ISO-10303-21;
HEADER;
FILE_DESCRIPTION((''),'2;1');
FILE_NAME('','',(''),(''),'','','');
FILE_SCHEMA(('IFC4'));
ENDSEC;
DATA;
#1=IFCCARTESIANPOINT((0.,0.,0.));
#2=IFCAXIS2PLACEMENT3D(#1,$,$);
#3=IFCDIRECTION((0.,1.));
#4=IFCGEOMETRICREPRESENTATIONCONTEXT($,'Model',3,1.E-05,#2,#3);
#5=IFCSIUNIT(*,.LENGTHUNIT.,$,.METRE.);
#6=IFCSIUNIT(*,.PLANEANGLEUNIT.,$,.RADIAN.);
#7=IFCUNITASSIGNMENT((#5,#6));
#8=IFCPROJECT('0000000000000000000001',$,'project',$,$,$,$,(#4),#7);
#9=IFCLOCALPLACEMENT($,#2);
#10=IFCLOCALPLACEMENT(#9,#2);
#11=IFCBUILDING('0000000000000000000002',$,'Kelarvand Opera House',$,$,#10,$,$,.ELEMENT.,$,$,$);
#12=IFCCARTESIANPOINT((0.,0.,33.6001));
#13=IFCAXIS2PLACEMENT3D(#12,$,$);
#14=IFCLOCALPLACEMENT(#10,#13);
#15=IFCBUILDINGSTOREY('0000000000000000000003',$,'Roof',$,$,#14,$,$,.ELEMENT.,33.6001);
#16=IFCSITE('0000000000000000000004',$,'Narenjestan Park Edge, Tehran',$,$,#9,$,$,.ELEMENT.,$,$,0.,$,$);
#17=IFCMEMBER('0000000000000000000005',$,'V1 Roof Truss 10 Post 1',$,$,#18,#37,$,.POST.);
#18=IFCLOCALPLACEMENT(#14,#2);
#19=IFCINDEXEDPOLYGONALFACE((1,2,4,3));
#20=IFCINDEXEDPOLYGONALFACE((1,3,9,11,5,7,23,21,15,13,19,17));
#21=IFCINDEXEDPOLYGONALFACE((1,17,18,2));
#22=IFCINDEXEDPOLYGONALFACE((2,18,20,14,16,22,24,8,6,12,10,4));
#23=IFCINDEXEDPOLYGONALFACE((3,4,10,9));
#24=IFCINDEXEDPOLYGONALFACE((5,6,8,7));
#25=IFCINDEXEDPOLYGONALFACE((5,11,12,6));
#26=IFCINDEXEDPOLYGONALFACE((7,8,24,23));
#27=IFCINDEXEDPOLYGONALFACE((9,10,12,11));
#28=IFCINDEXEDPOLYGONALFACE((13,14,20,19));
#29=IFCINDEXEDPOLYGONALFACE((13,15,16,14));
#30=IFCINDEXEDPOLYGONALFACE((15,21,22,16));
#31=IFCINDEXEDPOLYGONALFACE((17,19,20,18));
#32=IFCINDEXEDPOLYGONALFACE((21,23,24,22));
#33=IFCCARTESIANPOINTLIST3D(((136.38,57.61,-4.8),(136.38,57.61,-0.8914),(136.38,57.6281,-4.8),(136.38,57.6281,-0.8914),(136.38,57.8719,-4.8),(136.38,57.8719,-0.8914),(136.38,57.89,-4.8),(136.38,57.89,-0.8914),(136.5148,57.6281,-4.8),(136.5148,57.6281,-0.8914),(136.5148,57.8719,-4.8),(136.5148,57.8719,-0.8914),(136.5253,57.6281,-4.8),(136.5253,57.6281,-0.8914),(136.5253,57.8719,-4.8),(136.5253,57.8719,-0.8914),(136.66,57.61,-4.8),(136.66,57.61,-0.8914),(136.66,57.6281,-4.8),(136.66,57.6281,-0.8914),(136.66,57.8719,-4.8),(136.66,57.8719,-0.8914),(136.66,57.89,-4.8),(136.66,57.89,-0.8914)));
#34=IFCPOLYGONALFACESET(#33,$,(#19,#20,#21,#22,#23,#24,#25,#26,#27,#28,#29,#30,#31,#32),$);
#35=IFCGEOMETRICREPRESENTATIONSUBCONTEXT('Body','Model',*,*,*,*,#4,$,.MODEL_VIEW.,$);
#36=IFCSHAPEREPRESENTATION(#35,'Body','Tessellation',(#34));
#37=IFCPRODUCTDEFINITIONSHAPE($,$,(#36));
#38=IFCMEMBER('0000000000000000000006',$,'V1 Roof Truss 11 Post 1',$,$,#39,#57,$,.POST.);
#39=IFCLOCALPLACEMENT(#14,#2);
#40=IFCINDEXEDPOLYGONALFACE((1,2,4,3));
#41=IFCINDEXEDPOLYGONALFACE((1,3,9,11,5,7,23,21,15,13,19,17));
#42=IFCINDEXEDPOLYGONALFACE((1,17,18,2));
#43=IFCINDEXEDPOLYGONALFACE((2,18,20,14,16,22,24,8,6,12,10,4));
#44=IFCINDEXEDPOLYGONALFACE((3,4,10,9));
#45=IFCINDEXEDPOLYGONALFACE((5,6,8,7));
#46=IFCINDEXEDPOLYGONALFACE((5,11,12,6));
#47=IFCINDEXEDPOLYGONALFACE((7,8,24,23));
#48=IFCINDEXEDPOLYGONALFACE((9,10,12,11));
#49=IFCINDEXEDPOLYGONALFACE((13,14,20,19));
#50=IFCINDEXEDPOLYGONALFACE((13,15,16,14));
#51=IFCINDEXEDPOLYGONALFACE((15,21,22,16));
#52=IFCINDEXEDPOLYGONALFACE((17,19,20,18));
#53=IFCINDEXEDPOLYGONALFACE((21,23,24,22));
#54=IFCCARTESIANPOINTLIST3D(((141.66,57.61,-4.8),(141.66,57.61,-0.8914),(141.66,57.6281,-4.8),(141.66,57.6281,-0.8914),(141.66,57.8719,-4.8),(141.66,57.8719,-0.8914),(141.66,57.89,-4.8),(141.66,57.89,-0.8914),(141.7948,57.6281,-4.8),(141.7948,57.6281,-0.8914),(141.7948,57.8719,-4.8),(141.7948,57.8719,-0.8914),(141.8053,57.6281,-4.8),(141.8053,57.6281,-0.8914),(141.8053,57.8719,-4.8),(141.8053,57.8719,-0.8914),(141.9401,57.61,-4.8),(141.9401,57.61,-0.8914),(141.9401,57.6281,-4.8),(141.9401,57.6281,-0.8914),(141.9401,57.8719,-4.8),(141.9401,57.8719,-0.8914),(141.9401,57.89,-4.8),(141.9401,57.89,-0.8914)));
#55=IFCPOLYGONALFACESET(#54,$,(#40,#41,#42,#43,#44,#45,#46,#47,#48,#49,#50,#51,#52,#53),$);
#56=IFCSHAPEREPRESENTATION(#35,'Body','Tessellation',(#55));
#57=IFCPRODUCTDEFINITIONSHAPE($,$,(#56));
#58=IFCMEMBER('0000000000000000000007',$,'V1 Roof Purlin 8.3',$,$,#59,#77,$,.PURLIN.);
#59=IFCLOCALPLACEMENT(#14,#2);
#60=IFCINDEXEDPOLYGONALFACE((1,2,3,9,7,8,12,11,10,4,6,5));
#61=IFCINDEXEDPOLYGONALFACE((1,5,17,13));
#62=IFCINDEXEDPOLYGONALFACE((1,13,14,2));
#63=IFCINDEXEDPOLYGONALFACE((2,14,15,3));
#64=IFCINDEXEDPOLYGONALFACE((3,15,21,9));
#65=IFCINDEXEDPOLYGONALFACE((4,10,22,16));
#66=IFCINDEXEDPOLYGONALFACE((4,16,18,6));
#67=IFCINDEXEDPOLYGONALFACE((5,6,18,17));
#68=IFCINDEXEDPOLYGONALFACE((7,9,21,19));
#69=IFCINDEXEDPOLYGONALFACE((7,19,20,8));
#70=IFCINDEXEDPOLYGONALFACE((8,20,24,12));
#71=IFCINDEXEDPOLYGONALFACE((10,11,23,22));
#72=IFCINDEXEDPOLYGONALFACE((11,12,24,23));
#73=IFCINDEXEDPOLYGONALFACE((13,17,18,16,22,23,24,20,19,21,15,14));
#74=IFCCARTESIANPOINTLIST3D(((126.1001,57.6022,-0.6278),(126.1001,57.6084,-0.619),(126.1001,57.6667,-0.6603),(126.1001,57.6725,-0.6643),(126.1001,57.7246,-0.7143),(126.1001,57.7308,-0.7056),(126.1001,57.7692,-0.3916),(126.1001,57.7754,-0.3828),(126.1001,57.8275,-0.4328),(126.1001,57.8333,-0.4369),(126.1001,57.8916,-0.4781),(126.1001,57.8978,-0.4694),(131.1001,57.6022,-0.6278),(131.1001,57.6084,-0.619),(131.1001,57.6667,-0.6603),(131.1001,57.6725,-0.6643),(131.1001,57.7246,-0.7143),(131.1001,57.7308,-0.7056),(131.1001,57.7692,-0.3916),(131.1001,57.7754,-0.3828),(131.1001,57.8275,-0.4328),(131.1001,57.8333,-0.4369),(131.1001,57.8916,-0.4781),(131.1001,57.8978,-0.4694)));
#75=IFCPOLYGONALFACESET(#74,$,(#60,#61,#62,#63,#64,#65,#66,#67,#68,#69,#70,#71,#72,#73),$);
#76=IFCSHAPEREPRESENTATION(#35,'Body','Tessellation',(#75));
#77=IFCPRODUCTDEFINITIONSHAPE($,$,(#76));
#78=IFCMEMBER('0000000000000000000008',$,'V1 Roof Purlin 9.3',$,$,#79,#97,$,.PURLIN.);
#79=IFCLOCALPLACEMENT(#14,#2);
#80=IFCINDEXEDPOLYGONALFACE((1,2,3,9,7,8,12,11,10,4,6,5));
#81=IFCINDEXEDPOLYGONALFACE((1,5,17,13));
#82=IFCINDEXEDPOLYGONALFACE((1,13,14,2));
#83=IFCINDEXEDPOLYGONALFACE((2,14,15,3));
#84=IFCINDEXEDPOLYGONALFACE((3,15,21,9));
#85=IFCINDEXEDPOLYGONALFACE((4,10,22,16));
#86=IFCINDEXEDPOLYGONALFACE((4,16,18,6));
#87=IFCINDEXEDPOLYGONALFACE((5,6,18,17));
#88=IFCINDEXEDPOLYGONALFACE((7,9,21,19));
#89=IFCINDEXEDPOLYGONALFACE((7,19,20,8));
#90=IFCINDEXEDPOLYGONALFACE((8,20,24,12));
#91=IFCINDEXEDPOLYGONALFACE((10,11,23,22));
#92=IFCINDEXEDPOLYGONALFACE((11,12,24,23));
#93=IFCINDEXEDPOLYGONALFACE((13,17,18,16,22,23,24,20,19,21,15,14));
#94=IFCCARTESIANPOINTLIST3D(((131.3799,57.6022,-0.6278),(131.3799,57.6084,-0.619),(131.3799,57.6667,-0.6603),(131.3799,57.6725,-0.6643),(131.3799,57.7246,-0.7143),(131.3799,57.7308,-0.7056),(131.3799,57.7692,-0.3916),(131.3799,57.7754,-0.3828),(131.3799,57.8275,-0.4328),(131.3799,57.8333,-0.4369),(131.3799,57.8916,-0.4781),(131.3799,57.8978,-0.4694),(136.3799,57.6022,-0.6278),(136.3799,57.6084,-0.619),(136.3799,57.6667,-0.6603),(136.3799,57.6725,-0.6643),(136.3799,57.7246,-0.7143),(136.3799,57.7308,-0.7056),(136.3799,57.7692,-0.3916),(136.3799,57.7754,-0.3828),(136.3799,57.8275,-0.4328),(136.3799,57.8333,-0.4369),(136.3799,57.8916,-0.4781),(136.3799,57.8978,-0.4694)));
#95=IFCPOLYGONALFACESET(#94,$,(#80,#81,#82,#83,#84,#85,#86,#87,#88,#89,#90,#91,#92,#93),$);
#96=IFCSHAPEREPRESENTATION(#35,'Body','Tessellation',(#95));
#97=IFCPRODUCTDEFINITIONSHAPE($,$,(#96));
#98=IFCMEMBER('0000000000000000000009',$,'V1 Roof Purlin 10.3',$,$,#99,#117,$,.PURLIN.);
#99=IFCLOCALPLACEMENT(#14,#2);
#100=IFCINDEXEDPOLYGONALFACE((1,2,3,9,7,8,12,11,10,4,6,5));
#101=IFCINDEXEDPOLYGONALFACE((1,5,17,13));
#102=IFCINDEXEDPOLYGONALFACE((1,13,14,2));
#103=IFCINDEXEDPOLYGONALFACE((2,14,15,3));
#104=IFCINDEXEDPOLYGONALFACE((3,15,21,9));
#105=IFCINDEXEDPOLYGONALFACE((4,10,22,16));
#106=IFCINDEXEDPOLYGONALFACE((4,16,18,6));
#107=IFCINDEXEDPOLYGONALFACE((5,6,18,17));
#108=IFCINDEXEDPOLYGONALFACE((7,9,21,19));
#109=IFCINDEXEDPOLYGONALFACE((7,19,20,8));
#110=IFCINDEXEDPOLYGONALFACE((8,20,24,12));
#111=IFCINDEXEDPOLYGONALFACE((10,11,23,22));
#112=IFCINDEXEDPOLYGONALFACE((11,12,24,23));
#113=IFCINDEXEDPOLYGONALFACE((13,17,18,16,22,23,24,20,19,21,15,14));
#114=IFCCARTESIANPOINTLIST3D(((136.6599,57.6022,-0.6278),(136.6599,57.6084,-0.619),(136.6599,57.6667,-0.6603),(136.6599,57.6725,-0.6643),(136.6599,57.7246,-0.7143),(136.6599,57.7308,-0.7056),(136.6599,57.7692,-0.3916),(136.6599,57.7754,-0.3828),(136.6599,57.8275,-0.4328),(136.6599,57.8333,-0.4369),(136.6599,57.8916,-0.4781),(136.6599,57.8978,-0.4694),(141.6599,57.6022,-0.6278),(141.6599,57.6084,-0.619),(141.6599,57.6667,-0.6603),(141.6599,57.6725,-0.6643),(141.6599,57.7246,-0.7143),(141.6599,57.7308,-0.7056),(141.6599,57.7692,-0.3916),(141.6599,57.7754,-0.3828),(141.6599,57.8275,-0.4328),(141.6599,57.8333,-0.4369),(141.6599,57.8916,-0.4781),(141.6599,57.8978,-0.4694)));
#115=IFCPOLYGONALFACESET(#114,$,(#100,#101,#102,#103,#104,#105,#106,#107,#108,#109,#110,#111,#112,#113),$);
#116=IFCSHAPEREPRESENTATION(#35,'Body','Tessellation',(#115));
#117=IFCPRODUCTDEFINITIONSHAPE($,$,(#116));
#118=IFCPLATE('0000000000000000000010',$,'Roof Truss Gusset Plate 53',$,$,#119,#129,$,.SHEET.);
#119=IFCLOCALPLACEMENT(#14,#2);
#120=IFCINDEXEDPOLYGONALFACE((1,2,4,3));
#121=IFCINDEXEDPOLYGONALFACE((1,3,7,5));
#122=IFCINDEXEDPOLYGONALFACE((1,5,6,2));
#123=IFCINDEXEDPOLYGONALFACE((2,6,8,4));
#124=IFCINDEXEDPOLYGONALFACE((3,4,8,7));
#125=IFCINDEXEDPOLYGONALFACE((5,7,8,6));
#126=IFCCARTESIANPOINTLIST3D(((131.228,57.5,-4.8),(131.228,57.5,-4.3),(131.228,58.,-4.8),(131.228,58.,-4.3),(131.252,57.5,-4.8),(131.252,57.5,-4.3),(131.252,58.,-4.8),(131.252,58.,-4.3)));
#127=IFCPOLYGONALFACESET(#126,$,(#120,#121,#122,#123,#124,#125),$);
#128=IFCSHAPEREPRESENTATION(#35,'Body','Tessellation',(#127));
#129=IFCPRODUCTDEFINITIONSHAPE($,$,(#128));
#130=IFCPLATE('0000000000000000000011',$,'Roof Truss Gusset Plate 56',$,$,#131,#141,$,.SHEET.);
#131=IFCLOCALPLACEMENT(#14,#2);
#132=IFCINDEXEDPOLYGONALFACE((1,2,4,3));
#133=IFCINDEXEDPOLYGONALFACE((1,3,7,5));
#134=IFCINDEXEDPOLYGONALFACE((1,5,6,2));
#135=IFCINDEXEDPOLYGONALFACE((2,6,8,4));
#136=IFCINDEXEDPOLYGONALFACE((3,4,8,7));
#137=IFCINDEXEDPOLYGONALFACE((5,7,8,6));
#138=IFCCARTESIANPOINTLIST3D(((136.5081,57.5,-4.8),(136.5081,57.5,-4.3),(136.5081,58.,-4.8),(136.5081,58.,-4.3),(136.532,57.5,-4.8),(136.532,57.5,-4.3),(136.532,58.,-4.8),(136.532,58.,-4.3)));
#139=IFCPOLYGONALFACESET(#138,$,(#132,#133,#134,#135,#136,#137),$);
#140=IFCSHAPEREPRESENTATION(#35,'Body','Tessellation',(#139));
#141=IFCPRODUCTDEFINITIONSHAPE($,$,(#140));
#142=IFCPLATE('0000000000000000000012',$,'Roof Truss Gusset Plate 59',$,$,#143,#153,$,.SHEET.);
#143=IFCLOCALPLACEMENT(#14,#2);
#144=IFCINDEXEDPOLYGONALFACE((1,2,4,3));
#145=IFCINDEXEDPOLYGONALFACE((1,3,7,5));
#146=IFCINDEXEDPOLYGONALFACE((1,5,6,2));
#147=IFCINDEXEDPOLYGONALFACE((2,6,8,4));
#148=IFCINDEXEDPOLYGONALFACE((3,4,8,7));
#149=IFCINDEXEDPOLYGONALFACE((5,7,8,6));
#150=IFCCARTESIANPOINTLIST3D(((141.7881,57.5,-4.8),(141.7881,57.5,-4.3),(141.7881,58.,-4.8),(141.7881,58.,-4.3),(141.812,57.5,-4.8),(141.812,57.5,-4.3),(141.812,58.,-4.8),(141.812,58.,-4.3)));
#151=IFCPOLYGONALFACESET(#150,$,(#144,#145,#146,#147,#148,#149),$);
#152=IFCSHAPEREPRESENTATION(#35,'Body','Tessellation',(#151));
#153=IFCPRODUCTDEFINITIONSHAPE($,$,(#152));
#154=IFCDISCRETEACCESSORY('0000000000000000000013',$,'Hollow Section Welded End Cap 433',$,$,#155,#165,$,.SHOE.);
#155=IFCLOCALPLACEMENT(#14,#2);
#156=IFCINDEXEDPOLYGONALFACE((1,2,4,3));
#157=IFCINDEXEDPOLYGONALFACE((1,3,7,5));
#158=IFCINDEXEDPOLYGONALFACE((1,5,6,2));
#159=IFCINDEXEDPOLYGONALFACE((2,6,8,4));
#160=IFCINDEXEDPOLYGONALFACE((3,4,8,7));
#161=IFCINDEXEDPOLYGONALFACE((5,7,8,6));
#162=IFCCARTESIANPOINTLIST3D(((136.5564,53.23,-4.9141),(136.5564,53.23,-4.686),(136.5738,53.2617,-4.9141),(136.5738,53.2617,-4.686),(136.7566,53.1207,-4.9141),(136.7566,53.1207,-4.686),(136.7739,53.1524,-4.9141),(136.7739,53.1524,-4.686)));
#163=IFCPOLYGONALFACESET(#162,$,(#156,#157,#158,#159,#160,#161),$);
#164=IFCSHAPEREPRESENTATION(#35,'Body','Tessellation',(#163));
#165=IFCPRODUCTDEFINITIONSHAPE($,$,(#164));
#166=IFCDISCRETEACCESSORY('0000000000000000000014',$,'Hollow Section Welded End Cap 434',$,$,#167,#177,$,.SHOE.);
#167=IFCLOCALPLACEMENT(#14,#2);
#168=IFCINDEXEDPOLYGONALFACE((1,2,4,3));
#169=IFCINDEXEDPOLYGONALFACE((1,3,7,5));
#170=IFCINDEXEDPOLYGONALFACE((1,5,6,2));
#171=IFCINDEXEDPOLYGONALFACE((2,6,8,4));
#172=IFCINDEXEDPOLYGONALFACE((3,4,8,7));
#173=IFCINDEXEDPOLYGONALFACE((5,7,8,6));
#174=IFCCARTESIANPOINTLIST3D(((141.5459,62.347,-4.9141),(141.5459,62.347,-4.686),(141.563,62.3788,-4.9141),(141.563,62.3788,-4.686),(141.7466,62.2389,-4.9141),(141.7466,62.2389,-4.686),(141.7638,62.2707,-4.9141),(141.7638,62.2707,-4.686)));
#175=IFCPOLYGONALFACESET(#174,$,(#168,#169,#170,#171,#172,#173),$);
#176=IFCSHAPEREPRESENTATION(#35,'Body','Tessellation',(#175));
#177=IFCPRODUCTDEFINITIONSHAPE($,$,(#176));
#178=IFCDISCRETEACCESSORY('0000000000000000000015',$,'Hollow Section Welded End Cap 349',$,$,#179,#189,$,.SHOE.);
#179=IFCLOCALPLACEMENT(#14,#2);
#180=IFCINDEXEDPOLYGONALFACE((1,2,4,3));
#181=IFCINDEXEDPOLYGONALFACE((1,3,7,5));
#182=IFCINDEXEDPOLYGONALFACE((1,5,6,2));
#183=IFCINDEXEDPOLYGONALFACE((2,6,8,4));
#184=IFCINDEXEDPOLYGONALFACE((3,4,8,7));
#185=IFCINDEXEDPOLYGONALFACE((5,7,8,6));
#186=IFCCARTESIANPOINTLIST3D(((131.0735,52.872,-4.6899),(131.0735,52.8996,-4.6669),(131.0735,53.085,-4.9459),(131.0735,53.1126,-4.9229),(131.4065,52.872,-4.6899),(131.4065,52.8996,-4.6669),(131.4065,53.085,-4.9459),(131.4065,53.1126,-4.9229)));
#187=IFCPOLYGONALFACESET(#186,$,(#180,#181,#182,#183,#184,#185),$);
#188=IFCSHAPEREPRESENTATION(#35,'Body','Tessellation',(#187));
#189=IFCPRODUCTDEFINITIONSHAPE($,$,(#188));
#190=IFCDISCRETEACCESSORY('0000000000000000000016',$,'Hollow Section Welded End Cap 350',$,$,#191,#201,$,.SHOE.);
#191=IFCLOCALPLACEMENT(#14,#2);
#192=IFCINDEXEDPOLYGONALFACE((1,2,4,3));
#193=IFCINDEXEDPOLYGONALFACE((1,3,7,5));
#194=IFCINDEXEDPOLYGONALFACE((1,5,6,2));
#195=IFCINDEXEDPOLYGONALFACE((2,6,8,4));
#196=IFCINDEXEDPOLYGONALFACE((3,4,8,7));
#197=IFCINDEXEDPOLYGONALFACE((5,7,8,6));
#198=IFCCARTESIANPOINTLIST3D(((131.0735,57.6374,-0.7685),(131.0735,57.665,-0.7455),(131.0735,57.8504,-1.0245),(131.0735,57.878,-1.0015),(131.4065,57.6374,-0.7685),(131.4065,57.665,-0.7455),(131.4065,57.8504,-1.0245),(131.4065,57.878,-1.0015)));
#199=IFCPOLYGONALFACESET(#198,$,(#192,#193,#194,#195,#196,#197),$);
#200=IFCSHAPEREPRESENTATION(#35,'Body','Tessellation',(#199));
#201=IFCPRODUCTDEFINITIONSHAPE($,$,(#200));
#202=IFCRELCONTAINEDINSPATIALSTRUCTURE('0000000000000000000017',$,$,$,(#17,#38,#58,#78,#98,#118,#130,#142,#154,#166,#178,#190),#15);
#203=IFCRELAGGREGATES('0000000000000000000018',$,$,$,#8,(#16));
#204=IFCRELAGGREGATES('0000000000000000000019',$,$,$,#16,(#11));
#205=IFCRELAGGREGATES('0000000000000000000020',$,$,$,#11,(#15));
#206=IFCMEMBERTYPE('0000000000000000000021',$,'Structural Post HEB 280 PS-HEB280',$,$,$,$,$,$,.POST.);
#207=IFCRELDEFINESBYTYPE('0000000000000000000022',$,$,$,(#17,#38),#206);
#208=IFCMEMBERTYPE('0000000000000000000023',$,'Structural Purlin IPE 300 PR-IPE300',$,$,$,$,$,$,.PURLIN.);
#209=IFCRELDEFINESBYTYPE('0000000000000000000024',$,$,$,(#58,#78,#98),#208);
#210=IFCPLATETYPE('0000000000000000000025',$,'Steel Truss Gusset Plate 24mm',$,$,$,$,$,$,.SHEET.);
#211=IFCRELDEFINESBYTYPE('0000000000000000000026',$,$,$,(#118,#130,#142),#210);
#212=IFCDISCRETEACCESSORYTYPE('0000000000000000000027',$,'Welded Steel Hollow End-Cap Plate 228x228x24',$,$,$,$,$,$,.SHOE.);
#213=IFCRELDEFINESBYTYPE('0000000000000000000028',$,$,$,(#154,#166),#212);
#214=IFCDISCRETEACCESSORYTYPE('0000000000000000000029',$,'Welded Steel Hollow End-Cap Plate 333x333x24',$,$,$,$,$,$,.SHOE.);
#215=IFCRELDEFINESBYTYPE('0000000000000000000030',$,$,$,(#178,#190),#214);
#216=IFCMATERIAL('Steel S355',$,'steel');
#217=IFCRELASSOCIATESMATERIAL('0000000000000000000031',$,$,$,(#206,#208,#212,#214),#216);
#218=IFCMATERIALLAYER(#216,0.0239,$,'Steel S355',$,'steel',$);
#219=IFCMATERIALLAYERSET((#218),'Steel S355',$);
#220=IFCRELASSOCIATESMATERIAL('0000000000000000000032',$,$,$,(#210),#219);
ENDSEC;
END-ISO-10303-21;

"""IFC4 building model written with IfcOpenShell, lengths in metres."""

from ifc_helpers import new_model, si_unit, direction, frame, origin, origin_2d, place, context, subcontext, project, spatial, rectangle, i_section, extrude, material, layer, layer_set, material_profile, profile_set, type_object, element, save


model = new_model("IFC4")

# Units and contexts
model_context = context("Model", 3, precision=1e-05, world=origin(), true_north=direction((0.0, 1.0)))
body_context = subcontext(model_context, "Body", "Model", "MODEL_VIEW")
ifc_project = project(units=[si_unit("LENGTHUNIT", "METRE"), si_unit("PLANEANGLEUNIT", "RADIAN")], contexts=[model_context])

# Site, building, storey
site_placement = place(None, origin())
site = spatial("IfcSite", under=ifc_project, at=site_placement, Name="Narenjestan Park Edge, Tehran", CompositionType="ELEMENT", RefElevation=0.0)
building_placement = place(site_placement, origin())
building = spatial("IfcBuilding", under=site, at=building_placement, Name="Kelarvand Opera House", CompositionType="ELEMENT")
storey_placement = place(building_placement, frame((0.0, 0.0, 33.6001)))
storey = spatial("IfcBuildingStorey", under=building, at=storey_placement, Name="Roof", CompositionType="ELEMENT", Elevation=33.6001)

# Members
ifc_material = material(Name="Steel S355", Category="steel")
ifc_material_profile_1 = material_profile(ifc_material, i_section(OverallWidth=0.28, OverallDepth=0.28, WebThickness=0.0105, FlangeThickness=0.0181, at=origin_2d()), Name="HEB 280", Category="steel")
ifc_profile_set_1 = profile_set([ifc_material_profile_1], Name="Steel S355")
member_type_1 = type_object("IfcMemberType", Name="Structural Post HEB 280 PS-HEB280", PredefinedType="POST", material=ifc_profile_set_1)
for number, where, z_axis, x_axis, name in (
    (1, (136.52, 57.75, -4.8), (0.0, 0.0, 1.0), (1.0, 0.0, 0.0), "V1 Roof Truss 10 Post 1"),
    (2, (141.8, 57.75, -4.8), (0.0, 0.0, 1.0), (1.0, 0.0, 0.0), "V1 Roof Truss 11 Post 1"),
):
    element("IfcMember", number, at=place(storey_placement, frame(where, z_axis=z_axis, x_axis=x_axis)), inside=storey, type_object=member_type_1, Name=name, PredefinedType="POST", context=body_context, shape_type="SweptSolid", body=[
        extrude(i_section(OverallWidth=0.28, OverallDepth=0.28, WebThickness=0.0105, FlangeThickness=0.0181, at=origin_2d()), origin(), (0.0, 0.0, 1.0), 3.9087),
    ])
ifc_material_profile_2 = material_profile(ifc_material, i_section(OverallWidth=0.1499, OverallDepth=0.3, WebThickness=0.0071, FlangeThickness=0.0107, at=origin_2d()), Name="IPE 300", Category="steel")
ifc_profile_set_2 = profile_set([ifc_material_profile_2], Name="Steel S355")
member_type_2 = type_object("IfcMemberType", Name="Structural Purlin IPE 300 PR-IPE300", PredefinedType="PURLIN", material=ifc_profile_set_2)
for number, where, z_axis, x_axis, name in (
    (3, (126.1001, 57.75, -0.5486), (1.0, 0.0, 0.0), (0.0, 0.81644, -0.57743), "V1 Roof Purlin 8.3"),
    (4, (131.3799, 57.75, -0.5486), (1.0, 0.0, 0.0), (0.0, 0.81644, -0.57743), "V1 Roof Purlin 9.3"),
    (5, (136.6599, 57.75, -0.5486), (1.0, 0.0, 0.0), (0.0, 0.81644, -0.57743), "V1 Roof Purlin 10.3"),
):
    element("IfcMember", number, at=place(storey_placement, frame(where, z_axis=z_axis, x_axis=x_axis)), inside=storey, type_object=member_type_2, Name=name, PredefinedType="PURLIN", context=body_context, shape_type="SweptSolid", body=[
        extrude(i_section(OverallWidth=0.1499, OverallDepth=0.3, WebThickness=0.0071, FlangeThickness=0.0107, at=origin_2d()), origin(), (0.0, 0.0, 1.0), 5.0),
    ])

# Plates
ifc_layer = layer(ifc_material, 0.0239, Name="Steel S355", Category="steel")
ifc_layer_set = layer_set([ifc_layer], Name="Steel S355")
plate_type = type_object("IfcPlateType", Name="Steel Truss Gusset Plate 24mm", PredefinedType="SHEET", material=ifc_layer_set)
for number, where, z_axis, x_axis, name in (
    (6, (131.24, 57.75, -4.8), (0.0, 0.0, 1.0), (1.0, 0.0, 0.0), "Roof Truss Gusset Plate 53"),
    (7, (136.52, 57.75, -4.8), (0.0, 0.0, 1.0), (1.0, 0.0, 0.0), "Roof Truss Gusset Plate 56"),
    (8, (141.8, 57.75, -4.8), (0.0, 0.0, 1.0), (1.0, 0.0, 0.0), "Roof Truss Gusset Plate 59"),
):
    element("IfcPlate", number, at=place(storey_placement, frame(where, z_axis=z_axis, x_axis=x_axis)), inside=storey, type_object=plate_type, Name=name, PredefinedType="SHEET", context=body_context, shape_type="SweptSolid", body=[
        extrude(rectangle(XDim=0.0239, YDim=0.5, at=origin_2d()), origin(), (0.0, 0.0, 1.0), 0.5),
    ])

# Discrete accessories
ifc_material_profile_3 = material_profile(ifc_material, rectangle(XDim=0.228, YDim=0.228, at=origin_2d()), Name="Welded Steel Hollow End-Cap Plate 228x228x24", Category="steel")
ifc_profile_set_3 = profile_set([ifc_material_profile_3], Name="Steel S355")
discrete_accessory_type_1 = type_object("IfcDiscreteAccessoryType", Name="Welded Steel Hollow End-Cap Plate 228x228x24", PredefinedType="SHOE", material=ifc_profile_set_3)
for number, where, z_axis, x_axis, name in (
    (9, (136.6738, 53.207, -4.8), (-0.479325, -0.877637, 0.0), (0.877637, -0.479325, 0.0), "Hollow Section Welded End Cap 433"),
    (10, (141.6462, 62.293, -4.8), (0.4741, 0.880471, 0.0), (-0.880471, 0.4741, 0.0), "Hollow Section Welded End Cap 434"),
):
    element("IfcDiscreteAccessory", number, at=place(storey_placement, frame(where, z_axis=z_axis, x_axis=x_axis)), inside=storey, type_object=discrete_accessory_type_1, Name=name, PredefinedType="SHOE", context=body_context, shape_type="SweptSolid", body=[
        extrude(rectangle(XDim=0.228, YDim=0.228, at=origin_2d()), origin(), (0.0, 0.0, 1.0), 0.0361),
    ])
ifc_material_profile_4 = material_profile(ifc_material, rectangle(XDim=0.333, YDim=0.333, at=origin_2d()), Name="Welded Steel Hollow End-Cap Plate 333x333x24", Category="steel")
ifc_profile_set_4 = profile_set([ifc_material_profile_4], Name="Steel S355")
discrete_accessory_type_2 = type_object("IfcDiscreteAccessoryType", Name="Welded Steel Hollow End-Cap Plate 333x333x24", PredefinedType="SHOE", material=ifc_profile_set_4)
for number, where, z_axis, x_axis, name in (
    (11, (131.24, 53.0061, -4.7949), (0.0, -0.768779, -0.639515), (1.0, 0.0, 0.0), "Hollow Section Welded End Cap 349"),
    (12, (131.24, 57.7439, -0.8965), (0.0, 0.768779, 0.639515), (-1.0, 0.0, 0.0), "Hollow Section Welded End Cap 350"),
):
    element("IfcDiscreteAccessory", number, at=place(storey_placement, frame(where, z_axis=z_axis, x_axis=x_axis)), inside=storey, type_object=discrete_accessory_type_2, Name=name, PredefinedType="SHOE", context=body_context, shape_type="SweptSolid", body=[
        extrude(rectangle(XDim=0.333, YDim=0.333, at=origin_2d()), origin(), (0.0, 0.0, 1.0), 0.0359),
    ])

save(model, "model.ifc")
